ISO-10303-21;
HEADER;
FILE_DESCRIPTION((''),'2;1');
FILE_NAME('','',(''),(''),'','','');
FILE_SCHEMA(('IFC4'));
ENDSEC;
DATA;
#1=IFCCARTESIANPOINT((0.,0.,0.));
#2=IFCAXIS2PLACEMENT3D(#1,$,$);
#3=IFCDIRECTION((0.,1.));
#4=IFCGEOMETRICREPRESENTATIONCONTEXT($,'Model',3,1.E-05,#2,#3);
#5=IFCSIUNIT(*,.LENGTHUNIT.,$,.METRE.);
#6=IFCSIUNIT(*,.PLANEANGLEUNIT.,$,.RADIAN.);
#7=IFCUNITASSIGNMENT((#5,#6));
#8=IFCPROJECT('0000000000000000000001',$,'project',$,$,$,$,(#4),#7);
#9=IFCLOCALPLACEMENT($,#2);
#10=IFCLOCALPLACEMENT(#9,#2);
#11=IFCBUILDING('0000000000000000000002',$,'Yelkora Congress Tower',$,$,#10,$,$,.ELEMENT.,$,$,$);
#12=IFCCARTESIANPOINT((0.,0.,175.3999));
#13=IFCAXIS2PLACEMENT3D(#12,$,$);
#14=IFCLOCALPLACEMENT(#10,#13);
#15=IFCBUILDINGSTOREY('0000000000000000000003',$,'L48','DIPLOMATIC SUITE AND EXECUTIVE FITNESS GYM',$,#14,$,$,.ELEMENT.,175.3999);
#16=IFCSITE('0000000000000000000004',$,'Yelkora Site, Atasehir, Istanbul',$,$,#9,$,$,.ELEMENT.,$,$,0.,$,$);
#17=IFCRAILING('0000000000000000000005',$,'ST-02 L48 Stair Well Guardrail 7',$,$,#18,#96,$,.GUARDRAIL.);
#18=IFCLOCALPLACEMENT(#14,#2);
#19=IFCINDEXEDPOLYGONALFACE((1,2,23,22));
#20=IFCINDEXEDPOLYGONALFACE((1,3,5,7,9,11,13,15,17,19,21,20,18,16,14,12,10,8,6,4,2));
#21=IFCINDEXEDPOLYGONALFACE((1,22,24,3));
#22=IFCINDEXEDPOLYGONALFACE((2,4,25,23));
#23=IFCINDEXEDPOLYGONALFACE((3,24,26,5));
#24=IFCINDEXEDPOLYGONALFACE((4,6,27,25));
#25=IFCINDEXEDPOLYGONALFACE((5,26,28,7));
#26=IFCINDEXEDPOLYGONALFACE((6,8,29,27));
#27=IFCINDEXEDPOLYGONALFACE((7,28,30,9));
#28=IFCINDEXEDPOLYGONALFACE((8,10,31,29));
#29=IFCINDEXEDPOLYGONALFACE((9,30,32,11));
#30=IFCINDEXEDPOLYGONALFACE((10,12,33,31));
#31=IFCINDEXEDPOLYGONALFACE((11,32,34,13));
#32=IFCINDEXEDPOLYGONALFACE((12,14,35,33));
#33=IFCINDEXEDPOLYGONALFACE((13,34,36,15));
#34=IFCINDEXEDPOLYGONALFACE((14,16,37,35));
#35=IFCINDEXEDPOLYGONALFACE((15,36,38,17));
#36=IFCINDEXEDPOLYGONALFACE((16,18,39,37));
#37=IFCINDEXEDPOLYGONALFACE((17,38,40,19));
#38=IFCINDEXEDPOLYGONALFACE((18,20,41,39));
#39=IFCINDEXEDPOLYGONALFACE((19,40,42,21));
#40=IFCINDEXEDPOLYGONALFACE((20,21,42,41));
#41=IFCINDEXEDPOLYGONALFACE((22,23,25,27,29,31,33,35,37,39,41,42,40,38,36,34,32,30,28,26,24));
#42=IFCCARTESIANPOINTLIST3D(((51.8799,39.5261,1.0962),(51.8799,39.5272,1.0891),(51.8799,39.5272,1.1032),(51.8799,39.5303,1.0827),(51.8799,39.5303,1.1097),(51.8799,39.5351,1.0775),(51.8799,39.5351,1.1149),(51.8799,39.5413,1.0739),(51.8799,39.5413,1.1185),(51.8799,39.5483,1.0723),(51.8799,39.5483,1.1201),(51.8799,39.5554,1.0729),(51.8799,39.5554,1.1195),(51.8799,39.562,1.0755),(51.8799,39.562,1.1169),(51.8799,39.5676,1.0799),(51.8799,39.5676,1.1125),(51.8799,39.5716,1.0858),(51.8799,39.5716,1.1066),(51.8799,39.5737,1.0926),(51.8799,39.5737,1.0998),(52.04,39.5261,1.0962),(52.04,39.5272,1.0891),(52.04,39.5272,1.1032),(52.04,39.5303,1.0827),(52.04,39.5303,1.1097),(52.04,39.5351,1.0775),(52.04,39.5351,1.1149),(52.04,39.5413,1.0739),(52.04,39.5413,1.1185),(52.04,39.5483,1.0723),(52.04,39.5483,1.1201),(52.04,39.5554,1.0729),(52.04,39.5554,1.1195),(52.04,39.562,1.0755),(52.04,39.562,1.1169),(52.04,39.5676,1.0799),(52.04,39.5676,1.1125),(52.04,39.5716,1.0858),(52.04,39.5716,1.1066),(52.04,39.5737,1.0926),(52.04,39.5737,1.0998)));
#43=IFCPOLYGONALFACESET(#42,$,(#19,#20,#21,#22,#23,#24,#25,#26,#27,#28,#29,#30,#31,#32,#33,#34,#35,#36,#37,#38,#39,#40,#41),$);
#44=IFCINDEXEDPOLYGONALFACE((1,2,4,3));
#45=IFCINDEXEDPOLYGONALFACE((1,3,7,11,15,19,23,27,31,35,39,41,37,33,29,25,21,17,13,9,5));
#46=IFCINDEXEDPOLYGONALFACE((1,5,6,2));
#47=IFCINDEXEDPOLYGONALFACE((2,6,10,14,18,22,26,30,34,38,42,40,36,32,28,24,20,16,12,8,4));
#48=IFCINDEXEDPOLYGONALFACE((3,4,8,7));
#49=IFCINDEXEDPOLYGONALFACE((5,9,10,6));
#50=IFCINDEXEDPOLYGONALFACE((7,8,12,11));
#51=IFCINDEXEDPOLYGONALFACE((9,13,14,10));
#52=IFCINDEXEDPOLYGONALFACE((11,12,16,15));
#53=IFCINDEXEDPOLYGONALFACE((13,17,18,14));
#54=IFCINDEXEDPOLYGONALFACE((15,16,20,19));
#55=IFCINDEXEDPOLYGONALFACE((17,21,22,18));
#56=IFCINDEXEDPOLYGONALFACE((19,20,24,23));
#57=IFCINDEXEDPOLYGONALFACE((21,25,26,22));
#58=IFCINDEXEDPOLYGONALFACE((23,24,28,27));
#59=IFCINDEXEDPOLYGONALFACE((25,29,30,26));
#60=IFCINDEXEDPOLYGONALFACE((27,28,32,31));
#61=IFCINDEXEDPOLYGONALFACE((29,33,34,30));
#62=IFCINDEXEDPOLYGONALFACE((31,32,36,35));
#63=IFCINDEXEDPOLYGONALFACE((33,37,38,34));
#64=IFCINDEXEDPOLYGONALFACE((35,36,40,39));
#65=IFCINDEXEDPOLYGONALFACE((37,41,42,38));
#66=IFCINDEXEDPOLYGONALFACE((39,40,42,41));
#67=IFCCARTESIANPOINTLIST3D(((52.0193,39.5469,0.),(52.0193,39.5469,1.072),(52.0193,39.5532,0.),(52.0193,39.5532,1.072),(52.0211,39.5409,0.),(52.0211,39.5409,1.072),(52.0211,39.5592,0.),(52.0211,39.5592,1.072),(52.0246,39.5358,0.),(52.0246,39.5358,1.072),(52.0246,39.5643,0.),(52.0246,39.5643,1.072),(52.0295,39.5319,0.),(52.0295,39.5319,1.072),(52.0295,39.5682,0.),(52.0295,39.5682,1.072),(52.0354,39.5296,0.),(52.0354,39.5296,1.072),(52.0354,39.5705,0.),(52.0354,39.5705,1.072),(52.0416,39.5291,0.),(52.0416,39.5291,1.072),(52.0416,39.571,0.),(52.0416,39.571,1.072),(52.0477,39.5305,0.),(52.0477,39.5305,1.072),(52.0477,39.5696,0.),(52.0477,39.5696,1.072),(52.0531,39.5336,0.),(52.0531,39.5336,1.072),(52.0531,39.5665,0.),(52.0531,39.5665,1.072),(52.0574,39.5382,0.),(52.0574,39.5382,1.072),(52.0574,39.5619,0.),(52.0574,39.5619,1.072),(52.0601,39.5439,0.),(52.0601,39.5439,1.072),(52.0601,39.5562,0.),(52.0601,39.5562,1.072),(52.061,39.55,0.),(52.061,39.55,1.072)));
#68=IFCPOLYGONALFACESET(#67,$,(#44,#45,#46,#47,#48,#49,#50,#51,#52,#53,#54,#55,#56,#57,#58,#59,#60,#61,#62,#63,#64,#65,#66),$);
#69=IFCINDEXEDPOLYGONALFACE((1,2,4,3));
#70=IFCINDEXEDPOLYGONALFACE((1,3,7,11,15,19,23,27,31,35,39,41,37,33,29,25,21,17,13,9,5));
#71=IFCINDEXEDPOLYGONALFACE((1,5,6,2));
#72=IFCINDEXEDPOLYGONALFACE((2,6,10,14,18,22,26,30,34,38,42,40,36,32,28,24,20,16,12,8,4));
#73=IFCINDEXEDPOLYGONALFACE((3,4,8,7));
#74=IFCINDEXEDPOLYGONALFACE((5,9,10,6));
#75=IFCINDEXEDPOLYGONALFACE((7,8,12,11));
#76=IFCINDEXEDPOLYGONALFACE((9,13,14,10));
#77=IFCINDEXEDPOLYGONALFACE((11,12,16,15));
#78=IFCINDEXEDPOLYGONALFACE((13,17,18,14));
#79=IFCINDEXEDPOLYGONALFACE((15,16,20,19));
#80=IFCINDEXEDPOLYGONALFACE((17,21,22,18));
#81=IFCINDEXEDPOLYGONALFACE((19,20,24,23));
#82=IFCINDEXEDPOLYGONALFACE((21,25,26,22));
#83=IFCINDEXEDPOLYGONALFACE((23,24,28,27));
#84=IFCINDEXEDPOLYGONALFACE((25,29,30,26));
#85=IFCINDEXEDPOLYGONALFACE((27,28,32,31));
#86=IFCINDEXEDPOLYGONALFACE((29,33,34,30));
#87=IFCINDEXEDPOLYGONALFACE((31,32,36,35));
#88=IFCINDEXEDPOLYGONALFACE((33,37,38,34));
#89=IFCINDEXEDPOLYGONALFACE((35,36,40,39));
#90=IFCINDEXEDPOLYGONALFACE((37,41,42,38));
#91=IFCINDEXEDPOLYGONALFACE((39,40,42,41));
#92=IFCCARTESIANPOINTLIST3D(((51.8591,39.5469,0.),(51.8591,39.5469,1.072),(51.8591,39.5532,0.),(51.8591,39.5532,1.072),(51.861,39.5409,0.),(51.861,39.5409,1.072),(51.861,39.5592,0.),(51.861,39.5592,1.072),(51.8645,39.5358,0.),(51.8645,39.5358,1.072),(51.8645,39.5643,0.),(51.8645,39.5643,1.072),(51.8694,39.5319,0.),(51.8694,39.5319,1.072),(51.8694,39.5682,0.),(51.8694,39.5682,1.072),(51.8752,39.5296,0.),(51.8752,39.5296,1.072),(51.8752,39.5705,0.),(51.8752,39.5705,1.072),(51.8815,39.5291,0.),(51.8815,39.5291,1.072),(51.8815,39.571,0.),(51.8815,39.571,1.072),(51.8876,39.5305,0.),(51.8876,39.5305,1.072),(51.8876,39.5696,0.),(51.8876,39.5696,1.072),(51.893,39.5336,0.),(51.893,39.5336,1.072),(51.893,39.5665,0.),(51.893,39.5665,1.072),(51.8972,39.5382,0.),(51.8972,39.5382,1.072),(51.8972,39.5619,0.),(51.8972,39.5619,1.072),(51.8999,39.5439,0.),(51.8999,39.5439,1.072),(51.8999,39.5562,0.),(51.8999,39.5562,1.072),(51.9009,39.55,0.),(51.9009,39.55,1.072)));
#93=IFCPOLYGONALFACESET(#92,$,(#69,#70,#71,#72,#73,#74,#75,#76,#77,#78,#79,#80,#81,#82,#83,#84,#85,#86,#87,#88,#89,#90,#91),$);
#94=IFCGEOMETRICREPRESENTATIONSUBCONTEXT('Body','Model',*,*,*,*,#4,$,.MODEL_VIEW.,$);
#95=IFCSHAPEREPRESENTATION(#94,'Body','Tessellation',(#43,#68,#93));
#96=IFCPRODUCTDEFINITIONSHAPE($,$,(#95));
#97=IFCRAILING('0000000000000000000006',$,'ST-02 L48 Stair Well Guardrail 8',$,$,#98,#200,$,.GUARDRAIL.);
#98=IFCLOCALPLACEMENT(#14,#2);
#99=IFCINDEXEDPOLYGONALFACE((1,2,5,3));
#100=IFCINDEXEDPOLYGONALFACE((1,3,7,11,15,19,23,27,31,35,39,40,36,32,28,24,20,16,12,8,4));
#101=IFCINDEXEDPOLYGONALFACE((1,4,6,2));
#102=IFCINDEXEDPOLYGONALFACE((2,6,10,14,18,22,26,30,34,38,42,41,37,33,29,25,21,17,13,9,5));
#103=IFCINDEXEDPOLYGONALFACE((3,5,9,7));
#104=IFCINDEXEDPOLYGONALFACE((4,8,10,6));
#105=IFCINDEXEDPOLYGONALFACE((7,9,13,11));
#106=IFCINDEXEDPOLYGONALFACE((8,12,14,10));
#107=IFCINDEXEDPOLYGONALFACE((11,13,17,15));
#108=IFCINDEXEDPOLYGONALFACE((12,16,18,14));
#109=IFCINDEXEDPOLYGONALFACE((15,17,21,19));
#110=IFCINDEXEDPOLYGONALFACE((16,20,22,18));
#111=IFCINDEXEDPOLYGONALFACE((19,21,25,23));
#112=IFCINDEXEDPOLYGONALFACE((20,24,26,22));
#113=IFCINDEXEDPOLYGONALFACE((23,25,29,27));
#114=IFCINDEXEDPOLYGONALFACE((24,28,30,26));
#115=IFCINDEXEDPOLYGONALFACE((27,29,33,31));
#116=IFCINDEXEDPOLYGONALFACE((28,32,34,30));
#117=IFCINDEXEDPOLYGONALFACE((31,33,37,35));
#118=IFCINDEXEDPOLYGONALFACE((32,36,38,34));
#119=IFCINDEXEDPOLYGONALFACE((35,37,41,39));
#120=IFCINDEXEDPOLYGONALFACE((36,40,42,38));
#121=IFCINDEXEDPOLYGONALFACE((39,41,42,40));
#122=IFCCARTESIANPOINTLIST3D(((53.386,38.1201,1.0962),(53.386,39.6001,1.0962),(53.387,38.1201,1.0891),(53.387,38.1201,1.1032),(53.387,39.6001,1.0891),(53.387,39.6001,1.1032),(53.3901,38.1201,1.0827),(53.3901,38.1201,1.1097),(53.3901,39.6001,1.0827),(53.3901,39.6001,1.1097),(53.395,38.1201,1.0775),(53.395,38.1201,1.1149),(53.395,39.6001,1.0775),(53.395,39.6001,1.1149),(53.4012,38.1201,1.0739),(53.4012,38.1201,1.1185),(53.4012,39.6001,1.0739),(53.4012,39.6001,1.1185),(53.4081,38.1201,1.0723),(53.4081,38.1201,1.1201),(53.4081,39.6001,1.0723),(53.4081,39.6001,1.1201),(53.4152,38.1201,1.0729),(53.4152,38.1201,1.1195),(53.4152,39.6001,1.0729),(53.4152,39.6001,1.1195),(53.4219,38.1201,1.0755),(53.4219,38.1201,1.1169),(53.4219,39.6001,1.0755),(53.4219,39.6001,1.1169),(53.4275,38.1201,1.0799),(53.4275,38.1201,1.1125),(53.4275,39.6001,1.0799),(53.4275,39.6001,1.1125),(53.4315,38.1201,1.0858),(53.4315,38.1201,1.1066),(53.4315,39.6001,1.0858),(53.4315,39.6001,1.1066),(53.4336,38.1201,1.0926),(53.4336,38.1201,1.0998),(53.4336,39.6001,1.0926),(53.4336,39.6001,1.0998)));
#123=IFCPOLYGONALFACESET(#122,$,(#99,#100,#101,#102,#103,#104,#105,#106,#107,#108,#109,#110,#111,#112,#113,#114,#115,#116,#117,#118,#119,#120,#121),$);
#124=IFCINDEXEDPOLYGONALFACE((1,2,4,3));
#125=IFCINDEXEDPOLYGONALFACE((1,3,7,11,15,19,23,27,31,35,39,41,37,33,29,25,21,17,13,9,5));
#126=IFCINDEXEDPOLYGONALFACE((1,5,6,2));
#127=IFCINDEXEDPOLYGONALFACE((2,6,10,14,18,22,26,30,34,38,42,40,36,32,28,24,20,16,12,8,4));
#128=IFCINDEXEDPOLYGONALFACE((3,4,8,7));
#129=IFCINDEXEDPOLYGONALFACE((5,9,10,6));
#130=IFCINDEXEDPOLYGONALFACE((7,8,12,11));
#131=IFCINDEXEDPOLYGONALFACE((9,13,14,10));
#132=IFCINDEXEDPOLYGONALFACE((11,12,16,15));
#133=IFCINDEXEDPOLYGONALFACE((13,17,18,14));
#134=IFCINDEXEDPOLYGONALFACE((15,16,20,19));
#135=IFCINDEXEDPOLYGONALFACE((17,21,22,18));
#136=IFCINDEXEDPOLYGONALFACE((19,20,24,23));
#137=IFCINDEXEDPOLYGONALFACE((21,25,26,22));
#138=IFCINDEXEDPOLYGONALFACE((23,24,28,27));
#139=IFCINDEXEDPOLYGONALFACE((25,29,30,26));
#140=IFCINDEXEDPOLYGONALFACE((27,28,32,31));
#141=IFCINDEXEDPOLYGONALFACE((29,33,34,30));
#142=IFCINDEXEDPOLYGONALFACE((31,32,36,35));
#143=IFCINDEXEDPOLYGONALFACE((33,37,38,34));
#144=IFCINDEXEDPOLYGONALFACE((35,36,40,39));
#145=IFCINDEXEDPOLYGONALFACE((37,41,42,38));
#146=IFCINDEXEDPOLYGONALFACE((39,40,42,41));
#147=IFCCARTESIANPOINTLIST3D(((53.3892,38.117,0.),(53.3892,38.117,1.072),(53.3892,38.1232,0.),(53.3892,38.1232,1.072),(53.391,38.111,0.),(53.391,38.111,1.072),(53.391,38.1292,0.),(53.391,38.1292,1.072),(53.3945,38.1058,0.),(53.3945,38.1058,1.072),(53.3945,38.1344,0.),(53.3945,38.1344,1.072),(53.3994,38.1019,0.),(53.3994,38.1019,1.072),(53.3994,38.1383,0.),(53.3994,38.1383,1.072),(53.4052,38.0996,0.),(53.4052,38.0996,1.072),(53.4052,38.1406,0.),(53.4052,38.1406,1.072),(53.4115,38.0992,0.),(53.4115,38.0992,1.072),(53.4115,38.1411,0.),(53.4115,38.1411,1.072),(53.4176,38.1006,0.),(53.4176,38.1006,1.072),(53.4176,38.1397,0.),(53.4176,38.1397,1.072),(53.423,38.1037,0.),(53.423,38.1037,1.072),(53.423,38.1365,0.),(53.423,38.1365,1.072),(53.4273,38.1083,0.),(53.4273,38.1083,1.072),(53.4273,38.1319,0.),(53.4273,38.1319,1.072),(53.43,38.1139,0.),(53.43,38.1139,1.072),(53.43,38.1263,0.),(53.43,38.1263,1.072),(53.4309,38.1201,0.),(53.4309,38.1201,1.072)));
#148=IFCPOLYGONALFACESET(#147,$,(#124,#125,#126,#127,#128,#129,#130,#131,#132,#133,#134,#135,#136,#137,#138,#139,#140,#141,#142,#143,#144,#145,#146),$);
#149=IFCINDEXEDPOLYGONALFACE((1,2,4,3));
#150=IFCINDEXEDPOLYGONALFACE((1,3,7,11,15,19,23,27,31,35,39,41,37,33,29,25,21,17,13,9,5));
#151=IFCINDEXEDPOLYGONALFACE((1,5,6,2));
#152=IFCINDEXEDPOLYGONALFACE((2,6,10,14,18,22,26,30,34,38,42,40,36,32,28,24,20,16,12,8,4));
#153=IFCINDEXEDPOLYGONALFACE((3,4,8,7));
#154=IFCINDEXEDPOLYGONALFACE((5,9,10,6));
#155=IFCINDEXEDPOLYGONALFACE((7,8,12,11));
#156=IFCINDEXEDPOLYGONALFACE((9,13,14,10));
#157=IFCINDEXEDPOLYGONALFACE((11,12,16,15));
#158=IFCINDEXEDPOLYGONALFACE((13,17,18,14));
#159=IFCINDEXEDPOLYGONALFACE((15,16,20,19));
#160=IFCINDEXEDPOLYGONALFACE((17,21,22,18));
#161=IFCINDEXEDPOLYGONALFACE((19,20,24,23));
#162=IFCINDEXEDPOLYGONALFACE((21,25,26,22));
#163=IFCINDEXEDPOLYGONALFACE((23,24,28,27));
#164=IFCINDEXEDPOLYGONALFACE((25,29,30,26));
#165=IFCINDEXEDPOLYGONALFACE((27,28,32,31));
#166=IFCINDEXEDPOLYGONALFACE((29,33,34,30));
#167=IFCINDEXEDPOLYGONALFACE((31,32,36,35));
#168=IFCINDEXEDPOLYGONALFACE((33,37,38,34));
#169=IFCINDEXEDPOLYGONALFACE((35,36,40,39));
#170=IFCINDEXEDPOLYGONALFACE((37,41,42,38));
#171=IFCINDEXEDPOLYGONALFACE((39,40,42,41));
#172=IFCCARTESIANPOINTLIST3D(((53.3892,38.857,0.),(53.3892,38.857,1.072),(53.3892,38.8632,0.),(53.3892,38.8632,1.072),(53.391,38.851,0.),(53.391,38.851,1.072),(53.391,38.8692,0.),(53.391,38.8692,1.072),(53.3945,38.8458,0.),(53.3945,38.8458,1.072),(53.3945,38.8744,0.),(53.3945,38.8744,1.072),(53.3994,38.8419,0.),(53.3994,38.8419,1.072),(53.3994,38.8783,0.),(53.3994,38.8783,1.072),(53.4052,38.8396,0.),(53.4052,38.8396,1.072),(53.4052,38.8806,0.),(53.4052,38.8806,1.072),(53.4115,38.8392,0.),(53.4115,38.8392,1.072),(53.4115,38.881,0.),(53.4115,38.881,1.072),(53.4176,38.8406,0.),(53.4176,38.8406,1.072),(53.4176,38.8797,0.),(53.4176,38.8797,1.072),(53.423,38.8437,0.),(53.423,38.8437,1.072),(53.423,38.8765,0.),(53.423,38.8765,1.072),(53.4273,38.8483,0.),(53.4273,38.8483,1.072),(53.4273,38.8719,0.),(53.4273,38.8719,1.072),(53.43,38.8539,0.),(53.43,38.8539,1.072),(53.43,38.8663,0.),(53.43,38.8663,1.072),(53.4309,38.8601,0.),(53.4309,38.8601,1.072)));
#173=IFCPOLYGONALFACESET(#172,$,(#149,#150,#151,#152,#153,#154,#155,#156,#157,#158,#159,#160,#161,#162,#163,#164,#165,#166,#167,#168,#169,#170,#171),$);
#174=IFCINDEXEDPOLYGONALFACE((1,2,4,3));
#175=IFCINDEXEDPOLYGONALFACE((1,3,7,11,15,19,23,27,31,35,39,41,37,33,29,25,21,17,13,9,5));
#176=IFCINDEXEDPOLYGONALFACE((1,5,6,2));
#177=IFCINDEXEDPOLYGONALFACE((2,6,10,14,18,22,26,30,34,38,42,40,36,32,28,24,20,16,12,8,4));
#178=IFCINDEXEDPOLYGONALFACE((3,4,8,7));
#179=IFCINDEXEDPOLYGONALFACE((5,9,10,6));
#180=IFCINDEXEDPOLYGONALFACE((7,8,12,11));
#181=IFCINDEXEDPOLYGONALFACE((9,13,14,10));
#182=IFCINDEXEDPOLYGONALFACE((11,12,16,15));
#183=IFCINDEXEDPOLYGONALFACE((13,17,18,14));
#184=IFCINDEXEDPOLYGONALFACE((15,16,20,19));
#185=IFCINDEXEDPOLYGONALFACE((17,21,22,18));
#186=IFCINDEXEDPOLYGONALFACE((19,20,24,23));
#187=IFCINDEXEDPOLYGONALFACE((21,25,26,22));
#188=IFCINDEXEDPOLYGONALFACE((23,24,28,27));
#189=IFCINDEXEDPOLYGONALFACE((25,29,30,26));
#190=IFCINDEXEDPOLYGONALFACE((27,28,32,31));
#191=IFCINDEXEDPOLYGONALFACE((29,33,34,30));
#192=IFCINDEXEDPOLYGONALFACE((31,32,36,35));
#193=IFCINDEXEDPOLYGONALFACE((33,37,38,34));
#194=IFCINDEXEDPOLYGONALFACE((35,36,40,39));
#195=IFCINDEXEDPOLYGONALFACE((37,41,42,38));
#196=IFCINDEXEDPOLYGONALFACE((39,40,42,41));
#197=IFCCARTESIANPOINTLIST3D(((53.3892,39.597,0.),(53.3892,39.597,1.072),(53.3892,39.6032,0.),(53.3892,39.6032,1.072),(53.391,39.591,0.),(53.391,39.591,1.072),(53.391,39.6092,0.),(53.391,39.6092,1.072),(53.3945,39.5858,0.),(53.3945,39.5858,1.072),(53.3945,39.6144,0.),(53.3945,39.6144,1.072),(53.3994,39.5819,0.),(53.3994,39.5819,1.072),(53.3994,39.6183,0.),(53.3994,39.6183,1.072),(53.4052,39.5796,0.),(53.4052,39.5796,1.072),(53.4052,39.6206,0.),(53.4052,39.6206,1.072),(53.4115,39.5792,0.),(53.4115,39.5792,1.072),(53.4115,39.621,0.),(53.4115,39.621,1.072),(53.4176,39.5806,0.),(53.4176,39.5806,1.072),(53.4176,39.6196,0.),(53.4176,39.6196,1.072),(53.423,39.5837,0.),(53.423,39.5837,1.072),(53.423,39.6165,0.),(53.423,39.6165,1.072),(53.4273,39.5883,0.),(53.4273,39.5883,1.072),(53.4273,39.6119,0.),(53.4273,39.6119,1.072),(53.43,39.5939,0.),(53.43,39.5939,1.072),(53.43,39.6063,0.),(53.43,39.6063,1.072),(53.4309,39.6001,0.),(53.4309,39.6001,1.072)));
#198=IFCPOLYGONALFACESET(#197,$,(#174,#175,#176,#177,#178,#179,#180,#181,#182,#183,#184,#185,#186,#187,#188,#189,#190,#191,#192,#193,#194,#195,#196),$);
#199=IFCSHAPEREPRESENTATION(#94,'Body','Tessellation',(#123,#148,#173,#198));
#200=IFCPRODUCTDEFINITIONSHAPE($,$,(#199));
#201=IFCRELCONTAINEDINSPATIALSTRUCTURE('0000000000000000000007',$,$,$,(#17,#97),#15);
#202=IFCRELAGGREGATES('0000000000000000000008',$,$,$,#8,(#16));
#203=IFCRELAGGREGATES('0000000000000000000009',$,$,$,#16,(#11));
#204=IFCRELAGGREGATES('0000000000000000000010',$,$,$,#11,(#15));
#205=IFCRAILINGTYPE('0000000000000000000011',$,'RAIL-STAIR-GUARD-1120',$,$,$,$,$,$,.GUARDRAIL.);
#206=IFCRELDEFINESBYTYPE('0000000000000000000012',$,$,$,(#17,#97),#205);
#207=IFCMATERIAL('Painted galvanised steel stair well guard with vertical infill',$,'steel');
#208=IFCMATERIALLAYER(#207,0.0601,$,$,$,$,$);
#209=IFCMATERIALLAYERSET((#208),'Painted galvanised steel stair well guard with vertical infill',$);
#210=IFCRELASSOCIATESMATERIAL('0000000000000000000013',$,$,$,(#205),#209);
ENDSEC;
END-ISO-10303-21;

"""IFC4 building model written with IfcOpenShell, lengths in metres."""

from ifc_helpers import new_model, si_unit, direction, frame, origin, origin_2d, place, context, subcontext, project, spatial, circle, extrude, material, layer, layer_set, type_object, element, save


model = new_model("IFC4")

# Units and contexts
model_context = context("Model", 3, precision=1e-05, world=origin(), true_north=direction((0.0, 1.0)))
body_context = subcontext(model_context, "Body", "Model", "MODEL_VIEW")
ifc_project = project(units=[si_unit("LENGTHUNIT", "METRE"), si_unit("PLANEANGLEUNIT", "RADIAN")], contexts=[model_context])

# Site, building, storey
site_placement = place(None, origin())
site = spatial("IfcSite", under=ifc_project, at=site_placement, Name="Yelkora Site, Atasehir, Istanbul", CompositionType="ELEMENT", RefElevation=0.0)
building_placement = place(site_placement, origin())
building = spatial("IfcBuilding", under=site, at=building_placement, Name="Yelkora Congress Tower", CompositionType="ELEMENT")
storey_placement = place(building_placement, frame((0.0, 0.0, 175.3999)))
storey = spatial("IfcBuildingStorey", under=building, at=storey_placement, Name="L48", Description="DIPLOMATIC SUITE AND EXECUTIVE FITNESS GYM", CompositionType="ELEMENT", Elevation=175.3999)

# Railings
ifc_material_1 = material(Name="Painted galvanised steel stair well guard with vertical infill", Category="steel")
ifc_layer_1 = layer(ifc_material_1, 0.0601)
ifc_layer_set_1 = layer_set([ifc_layer_1], Name="Painted galvanised steel stair well guard with vertical infill")
railing_type_1 = type_object("IfcRailingType", Name="RAIL-STAIR-GUARD-1120", PredefinedType="GUARDRAIL", material=ifc_layer_set_1)
railing_1_placement = place(storey_placement, frame((52.04, 39.55, 0.0)))
element("IfcRailing", 1, at=railing_1_placement, inside=storey, type_object=railing_type_1, Name="ST-02 L48 Stair Well Guardrail 7", PredefinedType="GUARDRAIL", context=body_context, shape_type="SweptSolid", body=[
    extrude(circle(Radius=0.0239, at=origin_2d()), frame((0.0, 0.0, 1.0962), z_axis=(-1.0, 0.0, 0.0), x_axis=(0.0, -1.0, 0.0)), (0.0, 0.0, 1.0), 0.1602),
    extrude(circle(Radius=0.021, at=origin_2d()), origin(), (0.0, 0.0, 1.0), 1.072),
    extrude(circle(Radius=0.021, at=origin_2d()), frame((-0.1602, 0.0, 0.0)), (0.0, 0.0, 1.0), 1.072),
])
railing_2_placement = place(storey_placement, frame((53.4099, 38.1201, 0.0)))
element("IfcRailing", 2, at=railing_2_placement, inside=storey, type_object=railing_type_1, Name="ST-02 L48 Stair Well Guardrail 8", PredefinedType="GUARDRAIL", context=body_context, shape_type="SweptSolid", body=[
    extrude(circle(Radius=0.0239, at=origin_2d()), frame((0.0, 0.0, 1.0962), z_axis=(0.0, 1.0, 0.0), x_axis=(-1.0, 0.0, 0.0)), (0.0, 0.0, 1.0), 1.48),
    extrude(circle(Radius=0.021, at=origin_2d()), origin(), (0.0, 0.0, 1.0), 1.072),
    extrude(circle(Radius=0.021, at=origin_2d()), frame((0.0, 0.74, 0.0)), (0.0, 0.0, 1.0), 1.072),
    extrude(circle(Radius=0.021, at=origin_2d()), frame((0.0, 1.48, 0.0)), (0.0, 0.0, 1.0), 1.072),
])

save(model, "model.ifc")
